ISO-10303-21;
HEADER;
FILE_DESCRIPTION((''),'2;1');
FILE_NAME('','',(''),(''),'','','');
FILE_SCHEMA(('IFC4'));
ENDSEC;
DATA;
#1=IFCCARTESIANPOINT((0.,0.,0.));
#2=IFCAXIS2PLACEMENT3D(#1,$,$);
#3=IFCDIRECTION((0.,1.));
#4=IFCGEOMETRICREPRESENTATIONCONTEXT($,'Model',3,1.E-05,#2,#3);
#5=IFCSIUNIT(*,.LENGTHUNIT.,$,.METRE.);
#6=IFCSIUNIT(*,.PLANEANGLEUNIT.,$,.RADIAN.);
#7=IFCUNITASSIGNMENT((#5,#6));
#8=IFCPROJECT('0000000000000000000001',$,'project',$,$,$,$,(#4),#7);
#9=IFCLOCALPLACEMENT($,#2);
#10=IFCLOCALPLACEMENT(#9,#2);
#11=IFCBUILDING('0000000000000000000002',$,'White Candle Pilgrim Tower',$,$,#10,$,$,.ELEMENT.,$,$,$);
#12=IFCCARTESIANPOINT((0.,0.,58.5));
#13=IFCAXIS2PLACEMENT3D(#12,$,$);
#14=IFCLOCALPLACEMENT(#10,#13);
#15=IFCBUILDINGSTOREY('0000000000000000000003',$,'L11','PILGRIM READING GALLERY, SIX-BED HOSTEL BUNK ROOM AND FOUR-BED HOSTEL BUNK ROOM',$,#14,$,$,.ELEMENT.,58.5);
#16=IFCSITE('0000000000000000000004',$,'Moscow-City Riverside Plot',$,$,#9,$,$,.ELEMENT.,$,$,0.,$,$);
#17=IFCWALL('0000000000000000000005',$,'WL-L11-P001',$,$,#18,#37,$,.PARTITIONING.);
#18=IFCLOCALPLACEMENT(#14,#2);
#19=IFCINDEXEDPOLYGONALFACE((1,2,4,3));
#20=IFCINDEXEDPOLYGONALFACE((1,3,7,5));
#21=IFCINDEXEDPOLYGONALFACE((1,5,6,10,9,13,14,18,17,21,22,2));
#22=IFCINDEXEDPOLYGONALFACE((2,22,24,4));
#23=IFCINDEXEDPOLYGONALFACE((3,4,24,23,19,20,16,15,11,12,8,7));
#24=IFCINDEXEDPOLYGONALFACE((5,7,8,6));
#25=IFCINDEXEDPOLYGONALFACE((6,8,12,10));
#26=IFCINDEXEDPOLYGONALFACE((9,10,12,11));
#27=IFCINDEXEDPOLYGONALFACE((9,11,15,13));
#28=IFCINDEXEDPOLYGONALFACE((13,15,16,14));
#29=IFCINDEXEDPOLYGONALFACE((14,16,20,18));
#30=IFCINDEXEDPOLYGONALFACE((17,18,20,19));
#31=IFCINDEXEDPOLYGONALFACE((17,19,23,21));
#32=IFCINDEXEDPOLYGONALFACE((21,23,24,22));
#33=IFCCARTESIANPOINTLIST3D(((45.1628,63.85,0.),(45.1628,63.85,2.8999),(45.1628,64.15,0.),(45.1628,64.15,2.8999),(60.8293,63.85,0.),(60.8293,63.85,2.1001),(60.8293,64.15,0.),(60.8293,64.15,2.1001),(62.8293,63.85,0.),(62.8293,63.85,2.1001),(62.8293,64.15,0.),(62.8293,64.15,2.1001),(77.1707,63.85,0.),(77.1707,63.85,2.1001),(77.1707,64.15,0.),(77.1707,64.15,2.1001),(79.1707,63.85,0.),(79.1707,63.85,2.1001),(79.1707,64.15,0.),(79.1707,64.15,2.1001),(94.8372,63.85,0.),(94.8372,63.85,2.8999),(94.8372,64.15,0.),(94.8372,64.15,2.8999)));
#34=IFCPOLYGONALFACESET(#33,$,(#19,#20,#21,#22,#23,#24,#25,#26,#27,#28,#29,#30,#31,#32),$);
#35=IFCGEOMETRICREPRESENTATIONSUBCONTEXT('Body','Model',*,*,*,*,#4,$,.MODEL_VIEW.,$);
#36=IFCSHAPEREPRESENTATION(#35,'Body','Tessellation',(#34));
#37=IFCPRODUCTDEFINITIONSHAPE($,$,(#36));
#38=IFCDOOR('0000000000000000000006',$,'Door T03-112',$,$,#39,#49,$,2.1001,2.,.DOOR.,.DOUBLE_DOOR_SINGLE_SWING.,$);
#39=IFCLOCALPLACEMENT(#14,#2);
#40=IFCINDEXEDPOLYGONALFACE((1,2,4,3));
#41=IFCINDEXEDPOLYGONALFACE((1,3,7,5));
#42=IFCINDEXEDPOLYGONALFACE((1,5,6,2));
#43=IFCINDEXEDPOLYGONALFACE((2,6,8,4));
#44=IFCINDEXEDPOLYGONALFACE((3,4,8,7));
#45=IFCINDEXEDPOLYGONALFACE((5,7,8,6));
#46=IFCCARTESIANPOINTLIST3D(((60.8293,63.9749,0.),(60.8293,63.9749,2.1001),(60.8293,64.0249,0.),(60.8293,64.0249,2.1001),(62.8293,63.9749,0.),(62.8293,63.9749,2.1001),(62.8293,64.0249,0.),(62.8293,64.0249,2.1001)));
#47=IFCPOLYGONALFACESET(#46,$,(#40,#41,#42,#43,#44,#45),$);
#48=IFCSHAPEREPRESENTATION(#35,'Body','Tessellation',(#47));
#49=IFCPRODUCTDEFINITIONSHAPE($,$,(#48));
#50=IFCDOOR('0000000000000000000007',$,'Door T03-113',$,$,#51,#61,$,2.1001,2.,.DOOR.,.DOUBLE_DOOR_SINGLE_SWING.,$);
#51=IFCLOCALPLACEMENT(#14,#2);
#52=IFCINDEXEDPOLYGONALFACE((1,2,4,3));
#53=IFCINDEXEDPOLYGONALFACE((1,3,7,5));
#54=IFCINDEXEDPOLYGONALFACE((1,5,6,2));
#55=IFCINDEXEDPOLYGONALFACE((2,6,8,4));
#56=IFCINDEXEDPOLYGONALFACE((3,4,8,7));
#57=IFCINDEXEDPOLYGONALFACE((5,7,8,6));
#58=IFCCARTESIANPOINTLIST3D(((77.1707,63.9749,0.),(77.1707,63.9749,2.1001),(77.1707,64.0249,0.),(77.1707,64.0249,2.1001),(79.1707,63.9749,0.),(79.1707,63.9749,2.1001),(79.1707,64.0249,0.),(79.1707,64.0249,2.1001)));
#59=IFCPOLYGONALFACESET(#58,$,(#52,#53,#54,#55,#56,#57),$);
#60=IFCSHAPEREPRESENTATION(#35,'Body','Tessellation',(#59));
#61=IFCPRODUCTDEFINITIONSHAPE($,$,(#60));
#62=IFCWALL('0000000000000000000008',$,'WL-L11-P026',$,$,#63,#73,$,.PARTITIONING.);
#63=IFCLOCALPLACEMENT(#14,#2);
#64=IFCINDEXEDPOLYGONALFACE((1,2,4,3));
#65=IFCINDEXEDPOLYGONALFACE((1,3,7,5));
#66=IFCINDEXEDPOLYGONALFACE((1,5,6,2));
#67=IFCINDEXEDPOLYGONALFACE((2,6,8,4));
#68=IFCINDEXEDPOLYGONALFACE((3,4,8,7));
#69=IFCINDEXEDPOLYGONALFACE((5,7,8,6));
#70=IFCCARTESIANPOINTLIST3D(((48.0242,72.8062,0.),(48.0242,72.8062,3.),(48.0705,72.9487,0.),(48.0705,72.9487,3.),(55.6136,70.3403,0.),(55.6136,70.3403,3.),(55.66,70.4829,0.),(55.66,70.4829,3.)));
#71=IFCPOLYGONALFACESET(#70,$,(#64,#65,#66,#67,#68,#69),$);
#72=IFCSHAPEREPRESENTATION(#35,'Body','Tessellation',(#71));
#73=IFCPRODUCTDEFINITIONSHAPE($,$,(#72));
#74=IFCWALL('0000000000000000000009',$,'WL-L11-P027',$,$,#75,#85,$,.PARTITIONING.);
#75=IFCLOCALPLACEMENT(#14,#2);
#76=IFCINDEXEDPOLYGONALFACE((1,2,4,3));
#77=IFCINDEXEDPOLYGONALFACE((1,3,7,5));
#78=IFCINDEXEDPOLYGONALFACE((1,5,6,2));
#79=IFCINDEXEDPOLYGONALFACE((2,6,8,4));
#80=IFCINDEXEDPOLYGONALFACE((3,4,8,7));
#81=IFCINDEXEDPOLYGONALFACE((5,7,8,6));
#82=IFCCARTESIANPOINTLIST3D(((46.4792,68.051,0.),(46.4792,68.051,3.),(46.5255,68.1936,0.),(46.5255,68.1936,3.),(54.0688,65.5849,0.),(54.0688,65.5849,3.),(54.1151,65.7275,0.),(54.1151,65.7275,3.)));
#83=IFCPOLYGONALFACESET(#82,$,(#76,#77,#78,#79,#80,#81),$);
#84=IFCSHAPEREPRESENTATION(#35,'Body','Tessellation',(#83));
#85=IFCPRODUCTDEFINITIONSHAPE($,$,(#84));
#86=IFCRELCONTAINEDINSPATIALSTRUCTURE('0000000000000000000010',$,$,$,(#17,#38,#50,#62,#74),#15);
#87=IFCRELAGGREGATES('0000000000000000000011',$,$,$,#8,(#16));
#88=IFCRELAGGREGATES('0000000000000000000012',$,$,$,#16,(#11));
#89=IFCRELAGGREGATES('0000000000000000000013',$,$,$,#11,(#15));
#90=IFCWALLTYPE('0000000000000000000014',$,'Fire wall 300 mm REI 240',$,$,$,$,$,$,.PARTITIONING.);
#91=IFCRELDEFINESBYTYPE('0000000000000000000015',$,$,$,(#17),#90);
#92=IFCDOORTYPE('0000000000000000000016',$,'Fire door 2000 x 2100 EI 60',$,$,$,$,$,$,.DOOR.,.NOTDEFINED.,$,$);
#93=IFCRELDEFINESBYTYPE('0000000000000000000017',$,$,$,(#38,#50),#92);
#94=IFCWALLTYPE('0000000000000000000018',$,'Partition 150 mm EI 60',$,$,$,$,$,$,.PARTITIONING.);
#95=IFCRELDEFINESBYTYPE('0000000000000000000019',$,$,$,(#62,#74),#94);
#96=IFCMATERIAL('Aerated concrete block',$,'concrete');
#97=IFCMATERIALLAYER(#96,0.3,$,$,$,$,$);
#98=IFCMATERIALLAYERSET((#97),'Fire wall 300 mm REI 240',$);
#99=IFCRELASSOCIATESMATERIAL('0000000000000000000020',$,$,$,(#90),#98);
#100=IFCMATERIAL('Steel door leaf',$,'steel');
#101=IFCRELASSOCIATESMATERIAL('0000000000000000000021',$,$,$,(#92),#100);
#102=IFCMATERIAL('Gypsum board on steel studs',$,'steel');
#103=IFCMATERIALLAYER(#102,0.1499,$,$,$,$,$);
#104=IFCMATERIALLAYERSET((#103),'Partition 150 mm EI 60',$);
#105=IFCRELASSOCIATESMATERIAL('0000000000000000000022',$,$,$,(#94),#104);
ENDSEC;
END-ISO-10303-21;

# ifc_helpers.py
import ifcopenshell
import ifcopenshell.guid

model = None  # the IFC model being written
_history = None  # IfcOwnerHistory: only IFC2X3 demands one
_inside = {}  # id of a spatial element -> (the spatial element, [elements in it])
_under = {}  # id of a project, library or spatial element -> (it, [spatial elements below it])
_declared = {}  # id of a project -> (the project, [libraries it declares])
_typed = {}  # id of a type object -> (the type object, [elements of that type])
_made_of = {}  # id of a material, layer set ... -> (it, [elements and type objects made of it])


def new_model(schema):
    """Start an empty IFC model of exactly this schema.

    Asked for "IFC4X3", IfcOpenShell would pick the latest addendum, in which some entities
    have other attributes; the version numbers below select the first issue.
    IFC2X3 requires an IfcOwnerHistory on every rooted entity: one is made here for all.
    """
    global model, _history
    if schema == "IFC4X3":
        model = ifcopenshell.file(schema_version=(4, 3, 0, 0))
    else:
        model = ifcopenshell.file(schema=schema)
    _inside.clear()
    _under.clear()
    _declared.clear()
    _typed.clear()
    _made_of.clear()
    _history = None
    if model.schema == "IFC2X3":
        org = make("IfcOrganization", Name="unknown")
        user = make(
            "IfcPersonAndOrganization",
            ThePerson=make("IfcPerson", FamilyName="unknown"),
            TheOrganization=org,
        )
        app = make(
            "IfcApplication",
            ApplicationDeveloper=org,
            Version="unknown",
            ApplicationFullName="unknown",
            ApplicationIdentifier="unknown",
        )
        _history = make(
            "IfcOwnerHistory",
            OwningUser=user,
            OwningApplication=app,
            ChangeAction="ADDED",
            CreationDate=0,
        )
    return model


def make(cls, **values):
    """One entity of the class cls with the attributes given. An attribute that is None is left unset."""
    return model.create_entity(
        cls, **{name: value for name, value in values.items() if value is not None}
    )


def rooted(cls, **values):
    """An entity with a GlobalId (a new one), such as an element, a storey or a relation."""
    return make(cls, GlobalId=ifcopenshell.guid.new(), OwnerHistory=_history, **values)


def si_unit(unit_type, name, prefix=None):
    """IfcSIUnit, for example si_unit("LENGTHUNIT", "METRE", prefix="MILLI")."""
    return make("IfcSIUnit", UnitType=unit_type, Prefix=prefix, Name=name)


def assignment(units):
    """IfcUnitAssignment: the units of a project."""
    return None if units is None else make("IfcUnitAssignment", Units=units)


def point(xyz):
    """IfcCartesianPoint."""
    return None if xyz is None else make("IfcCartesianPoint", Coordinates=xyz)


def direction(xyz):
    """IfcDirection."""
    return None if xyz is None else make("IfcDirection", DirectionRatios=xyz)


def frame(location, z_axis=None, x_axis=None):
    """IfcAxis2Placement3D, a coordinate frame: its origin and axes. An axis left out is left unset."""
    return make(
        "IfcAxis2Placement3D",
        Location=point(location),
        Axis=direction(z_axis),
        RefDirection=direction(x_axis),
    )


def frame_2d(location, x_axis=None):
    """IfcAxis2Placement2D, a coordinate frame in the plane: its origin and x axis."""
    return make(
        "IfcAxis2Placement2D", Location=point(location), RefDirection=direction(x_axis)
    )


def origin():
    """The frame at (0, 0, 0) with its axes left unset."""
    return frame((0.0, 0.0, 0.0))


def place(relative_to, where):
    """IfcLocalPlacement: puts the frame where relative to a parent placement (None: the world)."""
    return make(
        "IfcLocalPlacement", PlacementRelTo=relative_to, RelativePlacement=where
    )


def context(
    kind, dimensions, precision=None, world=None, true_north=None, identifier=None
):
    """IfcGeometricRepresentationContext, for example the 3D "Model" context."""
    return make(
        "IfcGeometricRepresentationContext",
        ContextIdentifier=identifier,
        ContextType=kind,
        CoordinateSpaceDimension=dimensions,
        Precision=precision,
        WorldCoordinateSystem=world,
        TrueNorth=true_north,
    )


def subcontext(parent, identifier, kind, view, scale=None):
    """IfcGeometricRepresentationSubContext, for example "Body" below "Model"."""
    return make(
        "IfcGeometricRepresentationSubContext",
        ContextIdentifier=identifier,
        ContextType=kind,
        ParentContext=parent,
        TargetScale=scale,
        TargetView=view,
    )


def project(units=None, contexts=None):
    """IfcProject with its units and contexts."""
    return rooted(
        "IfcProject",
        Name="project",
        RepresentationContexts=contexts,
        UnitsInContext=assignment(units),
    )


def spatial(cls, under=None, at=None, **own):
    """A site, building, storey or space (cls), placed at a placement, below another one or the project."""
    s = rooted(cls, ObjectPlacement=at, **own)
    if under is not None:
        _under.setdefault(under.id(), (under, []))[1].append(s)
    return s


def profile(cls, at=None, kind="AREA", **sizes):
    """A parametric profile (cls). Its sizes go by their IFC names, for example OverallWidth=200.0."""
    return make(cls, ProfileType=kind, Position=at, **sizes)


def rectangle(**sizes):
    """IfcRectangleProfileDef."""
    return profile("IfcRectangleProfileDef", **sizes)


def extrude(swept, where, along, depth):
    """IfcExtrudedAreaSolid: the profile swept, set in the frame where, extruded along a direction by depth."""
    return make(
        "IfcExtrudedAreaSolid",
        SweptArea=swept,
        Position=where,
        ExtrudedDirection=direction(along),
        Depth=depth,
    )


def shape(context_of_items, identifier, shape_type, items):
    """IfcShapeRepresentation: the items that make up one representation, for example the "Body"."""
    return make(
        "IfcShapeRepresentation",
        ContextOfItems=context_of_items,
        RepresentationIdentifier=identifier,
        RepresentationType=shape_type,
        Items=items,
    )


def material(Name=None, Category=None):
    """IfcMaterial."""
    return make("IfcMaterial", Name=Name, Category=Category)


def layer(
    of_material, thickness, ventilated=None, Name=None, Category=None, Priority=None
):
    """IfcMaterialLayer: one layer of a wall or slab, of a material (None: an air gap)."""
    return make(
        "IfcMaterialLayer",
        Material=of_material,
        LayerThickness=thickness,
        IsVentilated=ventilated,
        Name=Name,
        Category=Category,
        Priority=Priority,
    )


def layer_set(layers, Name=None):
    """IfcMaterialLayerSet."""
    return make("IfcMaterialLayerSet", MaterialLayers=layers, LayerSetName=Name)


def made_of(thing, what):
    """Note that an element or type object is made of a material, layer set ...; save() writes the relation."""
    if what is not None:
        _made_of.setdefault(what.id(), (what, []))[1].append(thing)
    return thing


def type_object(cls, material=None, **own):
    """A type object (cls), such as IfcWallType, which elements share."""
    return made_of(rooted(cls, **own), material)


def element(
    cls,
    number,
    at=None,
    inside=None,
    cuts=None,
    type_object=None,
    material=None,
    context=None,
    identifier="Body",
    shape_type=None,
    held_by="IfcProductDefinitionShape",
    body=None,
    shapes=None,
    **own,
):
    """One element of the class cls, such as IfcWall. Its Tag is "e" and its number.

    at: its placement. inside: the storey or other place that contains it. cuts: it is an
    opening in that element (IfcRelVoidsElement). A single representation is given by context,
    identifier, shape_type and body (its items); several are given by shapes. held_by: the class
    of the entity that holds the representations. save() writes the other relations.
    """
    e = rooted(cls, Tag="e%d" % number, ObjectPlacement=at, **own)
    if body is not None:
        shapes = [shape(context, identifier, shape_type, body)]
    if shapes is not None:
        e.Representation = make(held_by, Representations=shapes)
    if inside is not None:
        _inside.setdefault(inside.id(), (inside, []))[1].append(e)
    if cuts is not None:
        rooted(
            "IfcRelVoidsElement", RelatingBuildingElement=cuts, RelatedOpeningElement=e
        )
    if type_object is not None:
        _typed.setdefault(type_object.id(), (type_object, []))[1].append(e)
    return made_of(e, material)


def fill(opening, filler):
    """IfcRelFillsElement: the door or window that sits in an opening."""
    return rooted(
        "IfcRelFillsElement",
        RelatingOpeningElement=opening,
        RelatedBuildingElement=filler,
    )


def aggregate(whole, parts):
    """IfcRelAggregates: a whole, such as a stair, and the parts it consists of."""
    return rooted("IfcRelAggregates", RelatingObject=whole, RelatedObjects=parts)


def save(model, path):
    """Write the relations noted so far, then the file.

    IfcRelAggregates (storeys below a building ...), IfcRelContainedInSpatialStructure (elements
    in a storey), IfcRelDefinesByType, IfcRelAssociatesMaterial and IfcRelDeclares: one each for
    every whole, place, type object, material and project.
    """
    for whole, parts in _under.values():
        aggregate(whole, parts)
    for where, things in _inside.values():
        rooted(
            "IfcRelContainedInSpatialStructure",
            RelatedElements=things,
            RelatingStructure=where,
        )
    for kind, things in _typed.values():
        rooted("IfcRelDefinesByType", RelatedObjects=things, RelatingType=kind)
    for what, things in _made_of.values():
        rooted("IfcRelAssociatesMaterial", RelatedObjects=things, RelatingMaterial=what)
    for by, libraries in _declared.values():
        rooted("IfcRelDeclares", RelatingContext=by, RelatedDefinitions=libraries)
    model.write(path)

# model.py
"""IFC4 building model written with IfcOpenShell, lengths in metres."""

from ifc_helpers import new_model, si_unit, direction, frame, frame_2d, origin, place, context, subcontext, project, spatial, rectangle, extrude, material, layer, layer_set, type_object, element, fill, save


model = new_model("IFC4")

# Units and contexts
model_context = context("Model", 3, precision=1e-05, world=origin(), true_north=direction((0.0, 1.0)))
body_context = subcontext(model_context, "Body", "Model", "MODEL_VIEW")
ifc_project = project(units=[si_unit("LENGTHUNIT", "METRE"), si_unit("PLANEANGLEUNIT", "RADIAN")], contexts=[model_context])

# Site, building, storey
site_placement = place(None, origin())
site = spatial("IfcSite", under=ifc_project, at=site_placement, Name="Moscow-City Riverside Plot", CompositionType="ELEMENT", RefElevation=0.0)
building_placement = place(site_placement, origin())
building = spatial("IfcBuilding", under=site, at=building_placement, Name="White Candle Pilgrim Tower", CompositionType="ELEMENT")
storey_placement = place(building_placement, frame((0.0, 0.0, 58.5)))
storey = spatial("IfcBuildingStorey", under=building, at=storey_placement, Name="L11", Description="PILGRIM READING GALLERY, SIX-BED HOSTEL BUNK ROOM AND FOUR-BED HOSTEL BUNK ROOM", CompositionType="ELEMENT", Elevation=58.5)

# Shared definitions
ifc_material_1 = material(Name="Gypsum board on steel studs", Category="steel")
ifc_material_2 = material(Name="Steel door leaf", Category="steel")

# Wall, openings, doors
ifc_material_3 = material(Name="Aerated concrete block", Category="concrete")
ifc_layer_1 = layer(ifc_material_3, 0.3)
ifc_layer_set_1 = layer_set([ifc_layer_1], Name="Fire wall 300 mm REI 240")
wall_type_1 = type_object("IfcWallType", Name="Fire wall 300 mm REI 240", PredefinedType="PARTITIONING", material=ifc_layer_set_1)
wall_1_placement = place(storey_placement, frame((45.1628, 64.0, 0.0), z_axis=(0.0, 0.0, 1.0), x_axis=(1.0, 0.0, 0.0)))
wall_1 = element("IfcWall", 1, at=wall_1_placement, inside=storey, type_object=wall_type_1, Name="WL-L11-P001", PredefinedType="PARTITIONING", context=body_context, shape_type="SweptSolid", body=[
    extrude(rectangle(XDim=49.6743, YDim=0.3, at=frame_2d((24.8372, 0.0))), origin(), (0.0, 0.0, 1.0), 2.8999),
])
opening_1_placement = place(wall_1_placement, frame((15.6665, 0.0, 0.0)))
opening_1 = element("IfcOpeningElement", 2, at=opening_1_placement, cuts=wall_1, PredefinedType="OPENING", context=body_context, shape_type="SweptSolid", body=[
    extrude(rectangle(XDim=2.0, YDim=2.1001, at=frame_2d((1.0, 1.05))), frame((0.0, 0.1599, 0.0), z_axis=(0.0, -1.0, 0.0), x_axis=(1.0, 0.0, 0.0)), (0.0, 0.0, 1.0), 0.3201),
])
opening_2_placement = place(wall_1_placement, frame((32.0078, 0.0, 0.0)))
opening_2 = element("IfcOpeningElement", 3, at=opening_2_placement, cuts=wall_1, PredefinedType="OPENING", context=body_context, shape_type="SweptSolid", body=[
    extrude(rectangle(XDim=2.0, YDim=2.1001, at=frame_2d((1.0, 1.05))), frame((0.0, 0.1599, 0.0), z_axis=(0.0, -1.0, 0.0), x_axis=(1.0, 0.0, 0.0)), (0.0, 0.0, 1.0), 0.3201),
])
door_type_1 = type_object("IfcDoorType", Name="Fire door 2000 x 2100 EI 60", OperationType="NOTDEFINED", PredefinedType="DOOR", material=ifc_material_2)
door_1_placement = place(opening_1_placement, origin())
door_1 = element("IfcDoor", 4, at=door_1_placement, inside=storey, type_object=door_type_1, Name="Door T03-112", OperationType="DOUBLE_DOOR_SINGLE_SWING", OverallHeight=2.1001, OverallWidth=2.0, PredefinedType="DOOR", context=body_context, shape_type="SweptSolid", body=[
    extrude(rectangle(XDim=2.0, YDim=2.1001, at=frame_2d((1.0, 1.05))), frame((0.0, 0.0249, 0.0), z_axis=(0.0, -1.0, 0.0), x_axis=(1.0, 0.0, 0.0)), (0.0, 0.0, 1.0), 0.05),
])
fill(opening_1, door_1)
door_2_placement = place(opening_2_placement, origin())
door_2 = element("IfcDoor", 5, at=door_2_placement, inside=storey, type_object=door_type_1, Name="Door T03-113", OperationType="DOUBLE_DOOR_SINGLE_SWING", OverallHeight=2.1001, OverallWidth=2.0, PredefinedType="DOOR", context=body_context, shape_type="SweptSolid", body=[
    extrude(rectangle(XDim=2.0, YDim=2.1001, at=frame_2d((1.0, 1.05))), frame((0.0, 0.0249, 0.0), z_axis=(0.0, -1.0, 0.0), x_axis=(1.0, 0.0, 0.0)), (0.0, 0.0, 1.0), 0.05),
])
fill(opening_2, door_2)

# Walls
ifc_layer_2 = layer(ifc_material_1, 0.1499)
ifc_layer_set_2 = layer_set([ifc_layer_2], Name="Partition 150 mm EI 60")
wall_type_2 = type_object("IfcWallType", Name="Partition 150 mm EI 60", PredefinedType="PARTITIONING", material=ifc_layer_set_2)
wall_2_placement = place(storey_placement, frame((48.0474, 72.8774, 0.0), z_axis=(0.0, 0.0, 1.0), x_axis=(0.951061, -0.309004, 0.0)))
element("IfcWall", 6, at=wall_2_placement, inside=storey, type_object=wall_type_2, Name="WL-L11-P026", PredefinedType="PARTITIONING", context=body_context, shape_type="SweptSolid", body=[
    extrude(rectangle(XDim=7.98, YDim=0.1499, at=frame_2d((3.99, 0.0))), origin(), (0.0, 0.0, 1.0), 3.0),
])
wall_3_placement = place(storey_placement, frame((46.5022, 68.1223, 0.0), z_axis=(0.0, 0.0, 1.0), x_axis=(0.951055, -0.309023, 0.0)))
element("IfcWall", 7, at=wall_3_placement, inside=storey, type_object=wall_type_2, Name="WL-L11-P027", PredefinedType="PARTITIONING", context=body_context, shape_type="SweptSolid", body=[
    extrude(rectangle(XDim=7.9802, YDim=0.1499, at=frame_2d((3.9902, 0.0))), origin(), (0.0, 0.0, 1.0), 3.0),
])

save(model, "model.ifc")
